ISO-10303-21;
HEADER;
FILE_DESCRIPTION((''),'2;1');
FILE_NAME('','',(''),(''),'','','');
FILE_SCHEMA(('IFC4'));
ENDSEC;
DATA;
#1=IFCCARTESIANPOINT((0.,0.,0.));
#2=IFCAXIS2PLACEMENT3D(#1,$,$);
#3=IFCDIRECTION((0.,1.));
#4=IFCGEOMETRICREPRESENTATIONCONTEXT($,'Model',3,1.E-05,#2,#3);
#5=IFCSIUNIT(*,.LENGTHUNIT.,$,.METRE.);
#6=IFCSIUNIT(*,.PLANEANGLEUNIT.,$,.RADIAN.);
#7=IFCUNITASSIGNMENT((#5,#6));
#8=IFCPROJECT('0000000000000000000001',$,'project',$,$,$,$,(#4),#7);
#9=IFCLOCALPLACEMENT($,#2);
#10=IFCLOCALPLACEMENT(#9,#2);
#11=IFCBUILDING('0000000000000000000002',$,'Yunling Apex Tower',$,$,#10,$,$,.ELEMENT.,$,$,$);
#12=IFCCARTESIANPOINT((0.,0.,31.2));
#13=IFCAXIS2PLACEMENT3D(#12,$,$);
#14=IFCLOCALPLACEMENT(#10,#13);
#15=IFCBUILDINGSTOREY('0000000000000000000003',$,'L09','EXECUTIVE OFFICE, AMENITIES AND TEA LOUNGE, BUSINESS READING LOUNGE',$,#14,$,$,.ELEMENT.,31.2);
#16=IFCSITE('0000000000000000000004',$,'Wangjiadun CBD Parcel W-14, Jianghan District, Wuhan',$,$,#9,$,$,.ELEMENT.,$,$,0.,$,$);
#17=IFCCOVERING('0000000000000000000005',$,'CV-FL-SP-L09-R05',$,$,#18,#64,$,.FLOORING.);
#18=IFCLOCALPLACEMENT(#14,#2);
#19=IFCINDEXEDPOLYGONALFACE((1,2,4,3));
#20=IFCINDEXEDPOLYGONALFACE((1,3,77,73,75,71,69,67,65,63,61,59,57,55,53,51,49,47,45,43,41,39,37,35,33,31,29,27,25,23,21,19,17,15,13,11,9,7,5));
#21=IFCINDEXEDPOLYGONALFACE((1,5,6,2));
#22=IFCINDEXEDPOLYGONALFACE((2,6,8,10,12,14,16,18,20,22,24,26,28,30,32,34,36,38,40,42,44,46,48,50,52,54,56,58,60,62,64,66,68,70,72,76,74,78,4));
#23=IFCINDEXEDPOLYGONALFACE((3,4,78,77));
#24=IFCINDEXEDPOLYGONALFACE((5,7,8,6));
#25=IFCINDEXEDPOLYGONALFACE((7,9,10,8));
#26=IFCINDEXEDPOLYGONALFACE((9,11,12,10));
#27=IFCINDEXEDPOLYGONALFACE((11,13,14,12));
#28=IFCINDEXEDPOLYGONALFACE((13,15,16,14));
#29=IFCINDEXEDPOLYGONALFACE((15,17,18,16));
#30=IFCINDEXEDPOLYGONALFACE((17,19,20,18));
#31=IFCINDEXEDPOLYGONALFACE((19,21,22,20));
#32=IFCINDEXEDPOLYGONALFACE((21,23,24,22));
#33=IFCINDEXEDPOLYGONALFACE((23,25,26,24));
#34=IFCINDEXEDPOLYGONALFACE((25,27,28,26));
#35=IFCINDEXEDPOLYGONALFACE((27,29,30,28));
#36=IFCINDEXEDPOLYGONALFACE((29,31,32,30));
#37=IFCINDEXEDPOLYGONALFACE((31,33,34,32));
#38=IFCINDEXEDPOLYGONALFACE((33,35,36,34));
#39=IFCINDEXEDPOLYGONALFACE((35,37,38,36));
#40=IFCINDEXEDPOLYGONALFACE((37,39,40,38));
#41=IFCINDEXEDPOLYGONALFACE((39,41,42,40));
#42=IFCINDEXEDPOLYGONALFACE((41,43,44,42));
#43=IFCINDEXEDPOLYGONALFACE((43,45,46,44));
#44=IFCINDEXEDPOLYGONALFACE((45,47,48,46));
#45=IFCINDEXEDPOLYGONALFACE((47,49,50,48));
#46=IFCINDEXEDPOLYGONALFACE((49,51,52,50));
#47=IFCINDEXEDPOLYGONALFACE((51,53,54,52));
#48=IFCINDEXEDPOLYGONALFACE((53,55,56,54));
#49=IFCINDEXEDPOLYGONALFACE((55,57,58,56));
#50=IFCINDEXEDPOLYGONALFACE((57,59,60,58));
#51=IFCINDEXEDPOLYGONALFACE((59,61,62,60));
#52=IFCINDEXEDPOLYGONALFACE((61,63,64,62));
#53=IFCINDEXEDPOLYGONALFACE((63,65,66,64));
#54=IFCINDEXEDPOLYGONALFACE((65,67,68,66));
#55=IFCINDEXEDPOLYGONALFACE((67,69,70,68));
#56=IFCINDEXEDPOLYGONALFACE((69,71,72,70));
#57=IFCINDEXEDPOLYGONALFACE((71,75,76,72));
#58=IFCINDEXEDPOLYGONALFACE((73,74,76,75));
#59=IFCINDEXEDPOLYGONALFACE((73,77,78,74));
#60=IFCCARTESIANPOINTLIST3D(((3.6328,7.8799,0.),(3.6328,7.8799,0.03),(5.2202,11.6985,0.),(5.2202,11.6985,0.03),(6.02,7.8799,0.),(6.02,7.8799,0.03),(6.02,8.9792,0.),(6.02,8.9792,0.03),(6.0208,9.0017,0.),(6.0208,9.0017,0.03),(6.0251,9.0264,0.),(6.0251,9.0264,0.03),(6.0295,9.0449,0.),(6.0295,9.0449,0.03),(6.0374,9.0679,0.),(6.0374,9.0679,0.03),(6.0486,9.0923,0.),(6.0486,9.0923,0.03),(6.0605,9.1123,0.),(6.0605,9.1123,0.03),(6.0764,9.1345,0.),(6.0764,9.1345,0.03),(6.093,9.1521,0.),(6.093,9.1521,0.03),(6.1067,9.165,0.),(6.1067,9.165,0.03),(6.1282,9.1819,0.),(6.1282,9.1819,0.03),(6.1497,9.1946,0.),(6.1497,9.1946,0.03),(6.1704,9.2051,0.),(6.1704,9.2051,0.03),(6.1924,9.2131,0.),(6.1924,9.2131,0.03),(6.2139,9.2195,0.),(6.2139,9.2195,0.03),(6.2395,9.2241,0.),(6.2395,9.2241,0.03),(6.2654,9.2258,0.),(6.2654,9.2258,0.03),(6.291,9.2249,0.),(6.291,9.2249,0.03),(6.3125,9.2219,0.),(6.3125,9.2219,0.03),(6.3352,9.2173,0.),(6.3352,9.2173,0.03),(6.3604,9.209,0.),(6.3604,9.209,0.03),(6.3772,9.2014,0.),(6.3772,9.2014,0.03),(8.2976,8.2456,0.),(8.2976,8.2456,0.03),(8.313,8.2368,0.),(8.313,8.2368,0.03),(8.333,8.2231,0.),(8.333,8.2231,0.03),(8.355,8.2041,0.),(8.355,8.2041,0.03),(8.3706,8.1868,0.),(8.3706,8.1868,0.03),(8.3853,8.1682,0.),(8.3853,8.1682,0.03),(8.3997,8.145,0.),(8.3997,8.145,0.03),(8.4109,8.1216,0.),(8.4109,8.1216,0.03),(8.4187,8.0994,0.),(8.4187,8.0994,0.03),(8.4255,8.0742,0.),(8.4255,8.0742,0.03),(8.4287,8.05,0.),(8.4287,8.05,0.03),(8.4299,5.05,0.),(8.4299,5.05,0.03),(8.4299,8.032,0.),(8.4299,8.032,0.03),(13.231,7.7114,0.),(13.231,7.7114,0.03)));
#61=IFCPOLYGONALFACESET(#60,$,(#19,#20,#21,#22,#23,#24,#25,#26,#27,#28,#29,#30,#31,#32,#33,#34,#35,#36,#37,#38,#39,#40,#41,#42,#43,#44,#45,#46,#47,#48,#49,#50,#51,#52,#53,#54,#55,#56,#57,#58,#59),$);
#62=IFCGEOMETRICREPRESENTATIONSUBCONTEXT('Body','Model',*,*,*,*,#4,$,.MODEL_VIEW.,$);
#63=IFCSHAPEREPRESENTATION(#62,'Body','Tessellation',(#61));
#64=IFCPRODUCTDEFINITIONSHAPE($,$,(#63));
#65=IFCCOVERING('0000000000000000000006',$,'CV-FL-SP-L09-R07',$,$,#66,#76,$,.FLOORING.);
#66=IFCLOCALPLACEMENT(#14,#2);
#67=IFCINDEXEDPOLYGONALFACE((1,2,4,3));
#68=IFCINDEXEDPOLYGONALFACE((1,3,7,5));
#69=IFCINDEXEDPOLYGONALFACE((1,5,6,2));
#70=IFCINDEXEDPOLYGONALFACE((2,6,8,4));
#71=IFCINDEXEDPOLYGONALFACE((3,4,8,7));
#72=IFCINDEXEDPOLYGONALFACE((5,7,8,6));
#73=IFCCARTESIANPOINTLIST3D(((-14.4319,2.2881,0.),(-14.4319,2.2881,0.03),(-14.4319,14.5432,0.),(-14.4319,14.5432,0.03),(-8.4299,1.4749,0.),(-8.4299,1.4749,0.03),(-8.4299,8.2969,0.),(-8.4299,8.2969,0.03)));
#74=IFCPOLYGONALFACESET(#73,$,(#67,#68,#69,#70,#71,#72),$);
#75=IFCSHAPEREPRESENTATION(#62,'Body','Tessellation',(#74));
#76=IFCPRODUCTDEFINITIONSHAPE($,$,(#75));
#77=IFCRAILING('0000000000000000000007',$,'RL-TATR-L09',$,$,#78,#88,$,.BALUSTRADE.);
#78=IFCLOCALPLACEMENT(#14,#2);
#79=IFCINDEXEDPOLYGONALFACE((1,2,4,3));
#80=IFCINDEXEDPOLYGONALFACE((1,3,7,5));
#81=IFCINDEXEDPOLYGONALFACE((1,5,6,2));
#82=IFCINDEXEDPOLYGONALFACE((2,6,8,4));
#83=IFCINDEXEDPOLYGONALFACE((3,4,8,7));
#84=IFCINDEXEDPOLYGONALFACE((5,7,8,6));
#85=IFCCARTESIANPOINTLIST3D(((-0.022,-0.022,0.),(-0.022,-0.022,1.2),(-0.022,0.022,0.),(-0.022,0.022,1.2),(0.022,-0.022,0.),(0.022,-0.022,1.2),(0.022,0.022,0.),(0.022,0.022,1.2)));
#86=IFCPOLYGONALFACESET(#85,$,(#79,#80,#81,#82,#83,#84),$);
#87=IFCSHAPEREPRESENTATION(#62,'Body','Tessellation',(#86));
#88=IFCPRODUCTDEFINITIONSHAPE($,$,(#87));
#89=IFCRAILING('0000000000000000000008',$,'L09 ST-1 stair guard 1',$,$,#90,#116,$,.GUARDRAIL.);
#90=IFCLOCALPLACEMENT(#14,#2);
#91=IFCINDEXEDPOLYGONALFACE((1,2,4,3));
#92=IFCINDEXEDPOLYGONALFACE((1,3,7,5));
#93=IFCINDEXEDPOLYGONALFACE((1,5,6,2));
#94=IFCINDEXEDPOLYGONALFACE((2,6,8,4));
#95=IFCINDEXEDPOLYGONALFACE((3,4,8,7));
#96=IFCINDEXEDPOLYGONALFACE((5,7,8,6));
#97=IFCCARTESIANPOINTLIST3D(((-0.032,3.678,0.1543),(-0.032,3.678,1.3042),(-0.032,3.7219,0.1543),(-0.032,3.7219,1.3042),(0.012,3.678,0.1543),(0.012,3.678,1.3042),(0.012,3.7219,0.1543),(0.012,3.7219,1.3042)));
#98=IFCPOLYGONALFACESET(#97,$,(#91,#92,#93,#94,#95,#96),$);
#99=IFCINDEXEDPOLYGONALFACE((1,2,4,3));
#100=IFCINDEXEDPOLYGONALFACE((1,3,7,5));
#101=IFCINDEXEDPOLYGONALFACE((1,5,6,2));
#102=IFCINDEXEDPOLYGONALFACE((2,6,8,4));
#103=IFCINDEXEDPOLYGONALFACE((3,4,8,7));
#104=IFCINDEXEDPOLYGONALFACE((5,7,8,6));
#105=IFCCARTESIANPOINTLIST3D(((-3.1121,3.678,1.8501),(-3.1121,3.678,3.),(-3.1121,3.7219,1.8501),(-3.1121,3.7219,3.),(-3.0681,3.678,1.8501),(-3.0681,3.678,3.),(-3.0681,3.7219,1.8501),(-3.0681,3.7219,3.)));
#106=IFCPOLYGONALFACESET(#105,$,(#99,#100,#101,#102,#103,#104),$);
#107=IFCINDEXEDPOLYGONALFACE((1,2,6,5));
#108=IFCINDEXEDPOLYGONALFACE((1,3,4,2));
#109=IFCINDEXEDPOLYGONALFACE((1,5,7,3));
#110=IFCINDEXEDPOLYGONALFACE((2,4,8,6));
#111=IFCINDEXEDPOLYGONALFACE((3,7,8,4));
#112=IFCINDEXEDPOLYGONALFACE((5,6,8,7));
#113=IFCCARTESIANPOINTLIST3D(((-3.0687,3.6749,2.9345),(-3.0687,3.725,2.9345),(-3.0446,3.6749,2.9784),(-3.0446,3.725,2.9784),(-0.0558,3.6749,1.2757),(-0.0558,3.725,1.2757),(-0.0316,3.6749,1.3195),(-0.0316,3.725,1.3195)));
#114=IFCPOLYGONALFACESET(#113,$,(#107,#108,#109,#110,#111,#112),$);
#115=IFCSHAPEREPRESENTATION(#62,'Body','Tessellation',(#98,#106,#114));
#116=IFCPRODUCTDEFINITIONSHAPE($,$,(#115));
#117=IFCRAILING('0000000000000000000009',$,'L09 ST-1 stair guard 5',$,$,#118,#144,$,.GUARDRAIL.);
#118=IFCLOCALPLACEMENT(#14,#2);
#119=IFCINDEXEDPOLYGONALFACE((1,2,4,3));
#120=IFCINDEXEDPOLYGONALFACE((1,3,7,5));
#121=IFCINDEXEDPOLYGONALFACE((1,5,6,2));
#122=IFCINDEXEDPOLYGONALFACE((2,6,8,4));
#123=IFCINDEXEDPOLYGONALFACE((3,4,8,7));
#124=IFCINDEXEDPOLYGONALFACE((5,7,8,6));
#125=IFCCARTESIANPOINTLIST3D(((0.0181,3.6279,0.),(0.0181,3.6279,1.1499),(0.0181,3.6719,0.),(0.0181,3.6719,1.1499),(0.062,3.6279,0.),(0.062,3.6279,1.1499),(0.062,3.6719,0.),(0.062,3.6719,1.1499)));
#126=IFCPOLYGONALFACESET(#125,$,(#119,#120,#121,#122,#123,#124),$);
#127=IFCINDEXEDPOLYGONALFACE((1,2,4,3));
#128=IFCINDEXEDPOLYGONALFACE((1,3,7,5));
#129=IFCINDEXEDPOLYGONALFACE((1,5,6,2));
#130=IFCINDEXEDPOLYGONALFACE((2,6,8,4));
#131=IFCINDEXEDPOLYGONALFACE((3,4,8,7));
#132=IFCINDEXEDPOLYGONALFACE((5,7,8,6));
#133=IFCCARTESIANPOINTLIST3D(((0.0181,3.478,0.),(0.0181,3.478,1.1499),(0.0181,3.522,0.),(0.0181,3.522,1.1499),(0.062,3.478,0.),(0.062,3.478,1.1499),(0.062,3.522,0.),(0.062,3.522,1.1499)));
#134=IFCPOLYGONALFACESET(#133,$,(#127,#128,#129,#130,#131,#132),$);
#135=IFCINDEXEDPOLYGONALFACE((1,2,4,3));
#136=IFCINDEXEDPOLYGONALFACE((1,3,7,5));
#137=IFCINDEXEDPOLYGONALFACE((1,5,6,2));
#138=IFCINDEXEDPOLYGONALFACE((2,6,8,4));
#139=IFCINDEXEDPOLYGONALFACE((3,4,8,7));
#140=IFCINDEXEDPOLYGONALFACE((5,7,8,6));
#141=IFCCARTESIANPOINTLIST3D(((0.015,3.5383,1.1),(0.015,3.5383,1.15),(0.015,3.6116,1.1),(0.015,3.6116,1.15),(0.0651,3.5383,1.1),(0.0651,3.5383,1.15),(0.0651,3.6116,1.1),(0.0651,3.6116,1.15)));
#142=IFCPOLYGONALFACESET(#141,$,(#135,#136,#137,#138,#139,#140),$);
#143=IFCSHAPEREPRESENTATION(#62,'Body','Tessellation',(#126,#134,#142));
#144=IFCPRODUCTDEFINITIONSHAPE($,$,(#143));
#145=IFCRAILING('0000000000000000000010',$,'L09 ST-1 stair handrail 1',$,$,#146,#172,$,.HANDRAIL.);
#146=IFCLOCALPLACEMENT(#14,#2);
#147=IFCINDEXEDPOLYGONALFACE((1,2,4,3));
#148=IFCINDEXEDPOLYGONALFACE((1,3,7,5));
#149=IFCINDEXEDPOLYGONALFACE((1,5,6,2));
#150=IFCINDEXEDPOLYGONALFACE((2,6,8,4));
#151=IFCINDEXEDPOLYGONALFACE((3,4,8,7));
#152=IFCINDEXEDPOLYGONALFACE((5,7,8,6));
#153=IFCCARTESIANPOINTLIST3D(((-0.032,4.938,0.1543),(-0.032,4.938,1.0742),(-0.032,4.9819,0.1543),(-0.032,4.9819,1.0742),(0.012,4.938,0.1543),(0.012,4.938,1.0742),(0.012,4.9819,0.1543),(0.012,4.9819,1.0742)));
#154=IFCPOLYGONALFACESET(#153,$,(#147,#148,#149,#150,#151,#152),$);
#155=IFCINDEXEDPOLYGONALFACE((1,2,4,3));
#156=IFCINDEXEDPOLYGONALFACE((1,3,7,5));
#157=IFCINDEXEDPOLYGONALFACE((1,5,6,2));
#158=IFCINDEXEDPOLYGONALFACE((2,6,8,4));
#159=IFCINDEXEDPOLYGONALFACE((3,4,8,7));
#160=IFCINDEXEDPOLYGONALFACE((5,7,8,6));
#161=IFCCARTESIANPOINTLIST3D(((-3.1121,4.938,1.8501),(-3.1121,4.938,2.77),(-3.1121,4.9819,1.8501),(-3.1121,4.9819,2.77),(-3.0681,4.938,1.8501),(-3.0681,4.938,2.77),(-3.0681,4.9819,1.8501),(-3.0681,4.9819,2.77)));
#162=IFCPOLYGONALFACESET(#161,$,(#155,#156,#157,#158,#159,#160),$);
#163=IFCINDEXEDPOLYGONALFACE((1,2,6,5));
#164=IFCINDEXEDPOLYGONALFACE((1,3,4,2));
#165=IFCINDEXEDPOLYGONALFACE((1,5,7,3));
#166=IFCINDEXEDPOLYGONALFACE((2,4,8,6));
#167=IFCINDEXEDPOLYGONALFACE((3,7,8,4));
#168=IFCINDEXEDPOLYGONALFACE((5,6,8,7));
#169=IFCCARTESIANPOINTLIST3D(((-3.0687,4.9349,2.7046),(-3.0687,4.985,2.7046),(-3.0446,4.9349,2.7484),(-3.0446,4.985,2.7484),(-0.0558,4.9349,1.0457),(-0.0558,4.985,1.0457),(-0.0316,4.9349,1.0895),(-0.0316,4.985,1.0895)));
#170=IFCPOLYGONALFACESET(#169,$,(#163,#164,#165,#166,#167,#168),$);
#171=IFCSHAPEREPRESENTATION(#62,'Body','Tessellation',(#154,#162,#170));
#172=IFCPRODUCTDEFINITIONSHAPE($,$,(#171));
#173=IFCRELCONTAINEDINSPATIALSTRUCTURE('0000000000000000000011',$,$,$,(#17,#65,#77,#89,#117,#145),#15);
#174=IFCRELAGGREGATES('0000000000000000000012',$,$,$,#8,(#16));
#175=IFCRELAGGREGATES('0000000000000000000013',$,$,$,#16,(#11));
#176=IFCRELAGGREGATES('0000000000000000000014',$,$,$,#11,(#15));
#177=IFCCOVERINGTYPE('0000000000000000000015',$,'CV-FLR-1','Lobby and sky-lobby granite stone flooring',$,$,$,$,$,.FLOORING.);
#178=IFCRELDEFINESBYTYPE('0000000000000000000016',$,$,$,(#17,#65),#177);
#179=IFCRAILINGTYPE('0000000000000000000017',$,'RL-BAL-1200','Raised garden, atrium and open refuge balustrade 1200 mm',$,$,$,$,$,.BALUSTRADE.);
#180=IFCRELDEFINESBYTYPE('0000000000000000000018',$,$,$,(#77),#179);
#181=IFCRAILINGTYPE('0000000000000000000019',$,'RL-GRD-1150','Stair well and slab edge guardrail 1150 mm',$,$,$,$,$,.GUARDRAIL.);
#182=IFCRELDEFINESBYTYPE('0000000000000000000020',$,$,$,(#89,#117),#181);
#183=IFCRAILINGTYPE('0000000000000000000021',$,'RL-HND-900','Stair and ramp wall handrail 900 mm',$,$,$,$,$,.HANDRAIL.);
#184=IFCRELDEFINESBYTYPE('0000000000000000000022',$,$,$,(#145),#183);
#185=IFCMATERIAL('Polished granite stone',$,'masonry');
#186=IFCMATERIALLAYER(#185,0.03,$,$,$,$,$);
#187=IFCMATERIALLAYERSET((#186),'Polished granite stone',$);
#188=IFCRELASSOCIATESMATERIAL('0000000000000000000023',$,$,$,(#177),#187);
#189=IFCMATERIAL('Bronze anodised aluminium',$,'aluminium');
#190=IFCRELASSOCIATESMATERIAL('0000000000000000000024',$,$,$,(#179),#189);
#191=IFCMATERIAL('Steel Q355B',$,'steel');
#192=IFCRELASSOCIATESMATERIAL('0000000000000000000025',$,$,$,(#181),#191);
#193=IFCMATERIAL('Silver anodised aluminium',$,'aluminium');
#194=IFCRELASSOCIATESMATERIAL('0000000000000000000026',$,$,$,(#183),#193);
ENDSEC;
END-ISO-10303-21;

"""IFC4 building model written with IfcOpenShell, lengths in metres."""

from ifc_helpers import new_model, si_unit, direction, frame, origin, origin_2d, place, context, subcontext, project, spatial, polyline, rectangle, outline, extrude, material, layer, layer_set, type_object, element, save


model = new_model("IFC4")

# Units and contexts
model_context = context("Model", 3, precision=1e-05, world=origin(), true_north=direction((0.0, 1.0)))
body_context = subcontext(model_context, "Body", "Model", "MODEL_VIEW")
ifc_project = project(units=[si_unit("LENGTHUNIT", "METRE"), si_unit("PLANEANGLEUNIT", "RADIAN")], contexts=[model_context])

# Site, building, storey
site_placement = place(None, origin())
site = spatial("IfcSite", under=ifc_project, at=site_placement, Name="Wangjiadun CBD Parcel W-14, Jianghan District, Wuhan", CompositionType="ELEMENT", RefElevation=0.0)
building_placement = place(site_placement, origin())
building = spatial("IfcBuilding", under=site, at=building_placement, Name="Yunling Apex Tower", CompositionType="ELEMENT")
storey_placement = place(building_placement, frame((0.0, 0.0, 31.2)))
storey = spatial("IfcBuildingStorey", under=building, at=storey_placement, Name="L09", Description="EXECUTIVE OFFICE, AMENITIES AND TEA LOUNGE, BUSINESS READING LOUNGE", CompositionType="ELEMENT", Elevation=31.2)

# Shared definitions
ifc_material_1 = material(Name="Steel Q355B", Category="steel")

# Coverings
ifc_material_2 = material(Name="Polished granite stone", Category="masonry")
ifc_layer_1 = layer(ifc_material_2, 0.03)
ifc_layer_set_1 = layer_set([ifc_layer_1], Name="Polished granite stone")
covering_type_1 = type_object("IfcCoveringType", Name="CV-FLR-1", Description="Lobby and sky-lobby granite stone flooring", PredefinedType="FLOORING", material=ifc_layer_set_1)
covering_1_placement = place(storey_placement, origin())
element("IfcCovering", 1, at=covering_1_placement, inside=storey, type_object=covering_type_1, Name="CV-FL-SP-L09-R05", PredefinedType="FLOORING", context=body_context, shape_type="SweptSolid", body=[
    extrude(outline(polyline([(5.2202, 11.6985), (13.231, 7.7114), (8.4299, 5.05), (8.4299, 8.032), (8.4287, 8.05), (8.4255, 8.0742), (8.4187, 8.0994), (8.4109, 8.1216), (8.3997, 8.145), (8.3853, 8.1682), (8.3706, 8.1868), (8.355, 8.2041), (8.333, 8.2231), (8.313, 8.2368), (8.2976, 8.2456), (6.3772, 9.2014), (6.3604, 9.209), (6.3352, 9.2173), (6.3125, 9.2219), (6.291, 9.2249), (6.2654, 9.2258), (6.2395, 9.2241), (6.2139, 9.2195), (6.1924, 9.2131), (6.1704, 9.2051), (6.1497, 9.1946), (6.1282, 9.1819), (6.1067, 9.165), (6.093, 9.1521), (6.0764, 9.1345), (6.0605, 9.1123), (6.0486, 9.0923), (6.0374, 9.0679), (6.0295, 9.0449), (6.0251, 9.0264), (6.0208, 9.0017), (6.02, 8.9792), (6.02, 7.8799), (3.6328, 7.8799), (5.2202, 11.6985)])), origin(), (0.0, 0.0, 1.0), 0.03),
])
covering_2_placement = place(storey_placement, origin())
element("IfcCovering", 2, at=covering_2_placement, inside=storey, type_object=covering_type_1, Name="CV-FL-SP-L09-R07", PredefinedType="FLOORING", context=body_context, shape_type="SweptSolid", body=[
    extrude(outline(polyline([(-14.4319, 2.2881), (-14.4319, 14.5432), (-8.4299, 8.2969), (-8.4299, 1.4749), (-14.4319, 2.2881)])), origin(), (0.0, 0.0, 1.0), 0.03),
])

# Railings
ifc_material_3 = material(Name="Bronze anodised aluminium", Category="aluminium")
railing_type_1 = type_object("IfcRailingType", Name="RL-BAL-1200", Description="Raised garden, atrium and open refuge balustrade 1200 mm", PredefinedType="BALUSTRADE", material=ifc_material_3)
railing_1_placement = place(storey_placement, origin())
element("IfcRailing", 3, at=railing_1_placement, inside=storey, type_object=railing_type_1, Name="RL-TATR-L09", PredefinedType="BALUSTRADE", context=body_context, shape_type="SweptSolid", body=[
    extrude(rectangle(XDim=0.0439, YDim=0.0439, at=origin_2d()), origin(), (0.0, 0.0, 1.0), 1.2),
])
railing_type_2 = type_object("IfcRailingType", Name="RL-GRD-1150", Description="Stair well and slab edge guardrail 1150 mm", PredefinedType="GUARDRAIL", material=ifc_material_1)
railing_2_placement = place(storey_placement, frame((-0.01, 3.7, 0.1543)))
element("IfcRailing", 4, at=railing_2_placement, inside=storey, type_object=railing_type_2, Name="L09 ST-1 stair guard 1", PredefinedType="GUARDRAIL", context=body_context, shape_type="SweptSolid", body=[
    extrude(rectangle(XDim=0.0439, YDim=0.0439, at=origin_2d()), origin(), (0.0, 0.0, 1.0), 1.1499),
    extrude(rectangle(XDim=0.0439, YDim=0.0439, at=origin_2d()), frame((-3.0801, 0.0, 1.6958)), (0.0, 0.0, 1.0), 1.1499),
    extrude(rectangle(XDim=0.05, YDim=0.05, at=origin_2d()), frame((-0.0337, 0.0, 1.1433), z_axis=(-0.876005, 0.0, 0.482303), x_axis=(0.0, -1.0, 0.0)), (0.0, 0.0, 1.0), 3.4395),
])
railing_3_placement = place(storey_placement, frame((0.04, 3.6499, 0.0)))
element("IfcRailing", 5, at=railing_3_placement, inside=storey, type_object=railing_type_2, Name="L09 ST-1 stair guard 5", PredefinedType="GUARDRAIL", context=body_context, shape_type="SweptSolid", body=[
    extrude(rectangle(XDim=0.0439, YDim=0.0439, at=origin_2d()), origin(), (0.0, 0.0, 1.0), 1.1499),
    extrude(rectangle(XDim=0.0439, YDim=0.0439, at=origin_2d()), frame((0.0, -0.1499, 0.0)), (0.0, 0.0, 1.0), 1.1499),
    extrude(rectangle(XDim=0.05, YDim=0.05, at=origin_2d()), frame((0.0, -0.0383, 1.125), z_axis=(0.0, -1.0, 0.0), x_axis=(1.0, 0.0, 0.0)), (0.0, 0.0, 1.0), 0.0732),
])
ifc_material_4 = material(Name="Silver anodised aluminium", Category="aluminium")
railing_type_3 = type_object("IfcRailingType", Name="RL-HND-900", Description="Stair and ramp wall handrail 900 mm", PredefinedType="HANDRAIL", material=ifc_material_4)
railing_4_placement = place(storey_placement, frame((-0.01, 4.96, 0.1543)))
element("IfcRailing", 6, at=railing_4_placement, inside=storey, type_object=railing_type_3, Name="L09 ST-1 stair handrail 1", PredefinedType="HANDRAIL", context=body_context, shape_type="SweptSolid", body=[
    extrude(rectangle(XDim=0.0439, YDim=0.0439, at=origin_2d()), origin(), (0.0, 0.0, 1.0), 0.9199),
    extrude(rectangle(XDim=0.0439, YDim=0.0439, at=origin_2d()), frame((-3.0801, 0.0, 1.6958)), (0.0, 0.0, 1.0), 0.9199),
    extrude(rectangle(XDim=0.05, YDim=0.05, at=origin_2d()), frame((-0.0337, 0.0, 0.9133), z_axis=(-0.876005, 0.0, 0.482303), x_axis=(0.0, -1.0, 0.0)), (0.0, 0.0, 1.0), 3.4395),
])

save(model, "model.ifc")
